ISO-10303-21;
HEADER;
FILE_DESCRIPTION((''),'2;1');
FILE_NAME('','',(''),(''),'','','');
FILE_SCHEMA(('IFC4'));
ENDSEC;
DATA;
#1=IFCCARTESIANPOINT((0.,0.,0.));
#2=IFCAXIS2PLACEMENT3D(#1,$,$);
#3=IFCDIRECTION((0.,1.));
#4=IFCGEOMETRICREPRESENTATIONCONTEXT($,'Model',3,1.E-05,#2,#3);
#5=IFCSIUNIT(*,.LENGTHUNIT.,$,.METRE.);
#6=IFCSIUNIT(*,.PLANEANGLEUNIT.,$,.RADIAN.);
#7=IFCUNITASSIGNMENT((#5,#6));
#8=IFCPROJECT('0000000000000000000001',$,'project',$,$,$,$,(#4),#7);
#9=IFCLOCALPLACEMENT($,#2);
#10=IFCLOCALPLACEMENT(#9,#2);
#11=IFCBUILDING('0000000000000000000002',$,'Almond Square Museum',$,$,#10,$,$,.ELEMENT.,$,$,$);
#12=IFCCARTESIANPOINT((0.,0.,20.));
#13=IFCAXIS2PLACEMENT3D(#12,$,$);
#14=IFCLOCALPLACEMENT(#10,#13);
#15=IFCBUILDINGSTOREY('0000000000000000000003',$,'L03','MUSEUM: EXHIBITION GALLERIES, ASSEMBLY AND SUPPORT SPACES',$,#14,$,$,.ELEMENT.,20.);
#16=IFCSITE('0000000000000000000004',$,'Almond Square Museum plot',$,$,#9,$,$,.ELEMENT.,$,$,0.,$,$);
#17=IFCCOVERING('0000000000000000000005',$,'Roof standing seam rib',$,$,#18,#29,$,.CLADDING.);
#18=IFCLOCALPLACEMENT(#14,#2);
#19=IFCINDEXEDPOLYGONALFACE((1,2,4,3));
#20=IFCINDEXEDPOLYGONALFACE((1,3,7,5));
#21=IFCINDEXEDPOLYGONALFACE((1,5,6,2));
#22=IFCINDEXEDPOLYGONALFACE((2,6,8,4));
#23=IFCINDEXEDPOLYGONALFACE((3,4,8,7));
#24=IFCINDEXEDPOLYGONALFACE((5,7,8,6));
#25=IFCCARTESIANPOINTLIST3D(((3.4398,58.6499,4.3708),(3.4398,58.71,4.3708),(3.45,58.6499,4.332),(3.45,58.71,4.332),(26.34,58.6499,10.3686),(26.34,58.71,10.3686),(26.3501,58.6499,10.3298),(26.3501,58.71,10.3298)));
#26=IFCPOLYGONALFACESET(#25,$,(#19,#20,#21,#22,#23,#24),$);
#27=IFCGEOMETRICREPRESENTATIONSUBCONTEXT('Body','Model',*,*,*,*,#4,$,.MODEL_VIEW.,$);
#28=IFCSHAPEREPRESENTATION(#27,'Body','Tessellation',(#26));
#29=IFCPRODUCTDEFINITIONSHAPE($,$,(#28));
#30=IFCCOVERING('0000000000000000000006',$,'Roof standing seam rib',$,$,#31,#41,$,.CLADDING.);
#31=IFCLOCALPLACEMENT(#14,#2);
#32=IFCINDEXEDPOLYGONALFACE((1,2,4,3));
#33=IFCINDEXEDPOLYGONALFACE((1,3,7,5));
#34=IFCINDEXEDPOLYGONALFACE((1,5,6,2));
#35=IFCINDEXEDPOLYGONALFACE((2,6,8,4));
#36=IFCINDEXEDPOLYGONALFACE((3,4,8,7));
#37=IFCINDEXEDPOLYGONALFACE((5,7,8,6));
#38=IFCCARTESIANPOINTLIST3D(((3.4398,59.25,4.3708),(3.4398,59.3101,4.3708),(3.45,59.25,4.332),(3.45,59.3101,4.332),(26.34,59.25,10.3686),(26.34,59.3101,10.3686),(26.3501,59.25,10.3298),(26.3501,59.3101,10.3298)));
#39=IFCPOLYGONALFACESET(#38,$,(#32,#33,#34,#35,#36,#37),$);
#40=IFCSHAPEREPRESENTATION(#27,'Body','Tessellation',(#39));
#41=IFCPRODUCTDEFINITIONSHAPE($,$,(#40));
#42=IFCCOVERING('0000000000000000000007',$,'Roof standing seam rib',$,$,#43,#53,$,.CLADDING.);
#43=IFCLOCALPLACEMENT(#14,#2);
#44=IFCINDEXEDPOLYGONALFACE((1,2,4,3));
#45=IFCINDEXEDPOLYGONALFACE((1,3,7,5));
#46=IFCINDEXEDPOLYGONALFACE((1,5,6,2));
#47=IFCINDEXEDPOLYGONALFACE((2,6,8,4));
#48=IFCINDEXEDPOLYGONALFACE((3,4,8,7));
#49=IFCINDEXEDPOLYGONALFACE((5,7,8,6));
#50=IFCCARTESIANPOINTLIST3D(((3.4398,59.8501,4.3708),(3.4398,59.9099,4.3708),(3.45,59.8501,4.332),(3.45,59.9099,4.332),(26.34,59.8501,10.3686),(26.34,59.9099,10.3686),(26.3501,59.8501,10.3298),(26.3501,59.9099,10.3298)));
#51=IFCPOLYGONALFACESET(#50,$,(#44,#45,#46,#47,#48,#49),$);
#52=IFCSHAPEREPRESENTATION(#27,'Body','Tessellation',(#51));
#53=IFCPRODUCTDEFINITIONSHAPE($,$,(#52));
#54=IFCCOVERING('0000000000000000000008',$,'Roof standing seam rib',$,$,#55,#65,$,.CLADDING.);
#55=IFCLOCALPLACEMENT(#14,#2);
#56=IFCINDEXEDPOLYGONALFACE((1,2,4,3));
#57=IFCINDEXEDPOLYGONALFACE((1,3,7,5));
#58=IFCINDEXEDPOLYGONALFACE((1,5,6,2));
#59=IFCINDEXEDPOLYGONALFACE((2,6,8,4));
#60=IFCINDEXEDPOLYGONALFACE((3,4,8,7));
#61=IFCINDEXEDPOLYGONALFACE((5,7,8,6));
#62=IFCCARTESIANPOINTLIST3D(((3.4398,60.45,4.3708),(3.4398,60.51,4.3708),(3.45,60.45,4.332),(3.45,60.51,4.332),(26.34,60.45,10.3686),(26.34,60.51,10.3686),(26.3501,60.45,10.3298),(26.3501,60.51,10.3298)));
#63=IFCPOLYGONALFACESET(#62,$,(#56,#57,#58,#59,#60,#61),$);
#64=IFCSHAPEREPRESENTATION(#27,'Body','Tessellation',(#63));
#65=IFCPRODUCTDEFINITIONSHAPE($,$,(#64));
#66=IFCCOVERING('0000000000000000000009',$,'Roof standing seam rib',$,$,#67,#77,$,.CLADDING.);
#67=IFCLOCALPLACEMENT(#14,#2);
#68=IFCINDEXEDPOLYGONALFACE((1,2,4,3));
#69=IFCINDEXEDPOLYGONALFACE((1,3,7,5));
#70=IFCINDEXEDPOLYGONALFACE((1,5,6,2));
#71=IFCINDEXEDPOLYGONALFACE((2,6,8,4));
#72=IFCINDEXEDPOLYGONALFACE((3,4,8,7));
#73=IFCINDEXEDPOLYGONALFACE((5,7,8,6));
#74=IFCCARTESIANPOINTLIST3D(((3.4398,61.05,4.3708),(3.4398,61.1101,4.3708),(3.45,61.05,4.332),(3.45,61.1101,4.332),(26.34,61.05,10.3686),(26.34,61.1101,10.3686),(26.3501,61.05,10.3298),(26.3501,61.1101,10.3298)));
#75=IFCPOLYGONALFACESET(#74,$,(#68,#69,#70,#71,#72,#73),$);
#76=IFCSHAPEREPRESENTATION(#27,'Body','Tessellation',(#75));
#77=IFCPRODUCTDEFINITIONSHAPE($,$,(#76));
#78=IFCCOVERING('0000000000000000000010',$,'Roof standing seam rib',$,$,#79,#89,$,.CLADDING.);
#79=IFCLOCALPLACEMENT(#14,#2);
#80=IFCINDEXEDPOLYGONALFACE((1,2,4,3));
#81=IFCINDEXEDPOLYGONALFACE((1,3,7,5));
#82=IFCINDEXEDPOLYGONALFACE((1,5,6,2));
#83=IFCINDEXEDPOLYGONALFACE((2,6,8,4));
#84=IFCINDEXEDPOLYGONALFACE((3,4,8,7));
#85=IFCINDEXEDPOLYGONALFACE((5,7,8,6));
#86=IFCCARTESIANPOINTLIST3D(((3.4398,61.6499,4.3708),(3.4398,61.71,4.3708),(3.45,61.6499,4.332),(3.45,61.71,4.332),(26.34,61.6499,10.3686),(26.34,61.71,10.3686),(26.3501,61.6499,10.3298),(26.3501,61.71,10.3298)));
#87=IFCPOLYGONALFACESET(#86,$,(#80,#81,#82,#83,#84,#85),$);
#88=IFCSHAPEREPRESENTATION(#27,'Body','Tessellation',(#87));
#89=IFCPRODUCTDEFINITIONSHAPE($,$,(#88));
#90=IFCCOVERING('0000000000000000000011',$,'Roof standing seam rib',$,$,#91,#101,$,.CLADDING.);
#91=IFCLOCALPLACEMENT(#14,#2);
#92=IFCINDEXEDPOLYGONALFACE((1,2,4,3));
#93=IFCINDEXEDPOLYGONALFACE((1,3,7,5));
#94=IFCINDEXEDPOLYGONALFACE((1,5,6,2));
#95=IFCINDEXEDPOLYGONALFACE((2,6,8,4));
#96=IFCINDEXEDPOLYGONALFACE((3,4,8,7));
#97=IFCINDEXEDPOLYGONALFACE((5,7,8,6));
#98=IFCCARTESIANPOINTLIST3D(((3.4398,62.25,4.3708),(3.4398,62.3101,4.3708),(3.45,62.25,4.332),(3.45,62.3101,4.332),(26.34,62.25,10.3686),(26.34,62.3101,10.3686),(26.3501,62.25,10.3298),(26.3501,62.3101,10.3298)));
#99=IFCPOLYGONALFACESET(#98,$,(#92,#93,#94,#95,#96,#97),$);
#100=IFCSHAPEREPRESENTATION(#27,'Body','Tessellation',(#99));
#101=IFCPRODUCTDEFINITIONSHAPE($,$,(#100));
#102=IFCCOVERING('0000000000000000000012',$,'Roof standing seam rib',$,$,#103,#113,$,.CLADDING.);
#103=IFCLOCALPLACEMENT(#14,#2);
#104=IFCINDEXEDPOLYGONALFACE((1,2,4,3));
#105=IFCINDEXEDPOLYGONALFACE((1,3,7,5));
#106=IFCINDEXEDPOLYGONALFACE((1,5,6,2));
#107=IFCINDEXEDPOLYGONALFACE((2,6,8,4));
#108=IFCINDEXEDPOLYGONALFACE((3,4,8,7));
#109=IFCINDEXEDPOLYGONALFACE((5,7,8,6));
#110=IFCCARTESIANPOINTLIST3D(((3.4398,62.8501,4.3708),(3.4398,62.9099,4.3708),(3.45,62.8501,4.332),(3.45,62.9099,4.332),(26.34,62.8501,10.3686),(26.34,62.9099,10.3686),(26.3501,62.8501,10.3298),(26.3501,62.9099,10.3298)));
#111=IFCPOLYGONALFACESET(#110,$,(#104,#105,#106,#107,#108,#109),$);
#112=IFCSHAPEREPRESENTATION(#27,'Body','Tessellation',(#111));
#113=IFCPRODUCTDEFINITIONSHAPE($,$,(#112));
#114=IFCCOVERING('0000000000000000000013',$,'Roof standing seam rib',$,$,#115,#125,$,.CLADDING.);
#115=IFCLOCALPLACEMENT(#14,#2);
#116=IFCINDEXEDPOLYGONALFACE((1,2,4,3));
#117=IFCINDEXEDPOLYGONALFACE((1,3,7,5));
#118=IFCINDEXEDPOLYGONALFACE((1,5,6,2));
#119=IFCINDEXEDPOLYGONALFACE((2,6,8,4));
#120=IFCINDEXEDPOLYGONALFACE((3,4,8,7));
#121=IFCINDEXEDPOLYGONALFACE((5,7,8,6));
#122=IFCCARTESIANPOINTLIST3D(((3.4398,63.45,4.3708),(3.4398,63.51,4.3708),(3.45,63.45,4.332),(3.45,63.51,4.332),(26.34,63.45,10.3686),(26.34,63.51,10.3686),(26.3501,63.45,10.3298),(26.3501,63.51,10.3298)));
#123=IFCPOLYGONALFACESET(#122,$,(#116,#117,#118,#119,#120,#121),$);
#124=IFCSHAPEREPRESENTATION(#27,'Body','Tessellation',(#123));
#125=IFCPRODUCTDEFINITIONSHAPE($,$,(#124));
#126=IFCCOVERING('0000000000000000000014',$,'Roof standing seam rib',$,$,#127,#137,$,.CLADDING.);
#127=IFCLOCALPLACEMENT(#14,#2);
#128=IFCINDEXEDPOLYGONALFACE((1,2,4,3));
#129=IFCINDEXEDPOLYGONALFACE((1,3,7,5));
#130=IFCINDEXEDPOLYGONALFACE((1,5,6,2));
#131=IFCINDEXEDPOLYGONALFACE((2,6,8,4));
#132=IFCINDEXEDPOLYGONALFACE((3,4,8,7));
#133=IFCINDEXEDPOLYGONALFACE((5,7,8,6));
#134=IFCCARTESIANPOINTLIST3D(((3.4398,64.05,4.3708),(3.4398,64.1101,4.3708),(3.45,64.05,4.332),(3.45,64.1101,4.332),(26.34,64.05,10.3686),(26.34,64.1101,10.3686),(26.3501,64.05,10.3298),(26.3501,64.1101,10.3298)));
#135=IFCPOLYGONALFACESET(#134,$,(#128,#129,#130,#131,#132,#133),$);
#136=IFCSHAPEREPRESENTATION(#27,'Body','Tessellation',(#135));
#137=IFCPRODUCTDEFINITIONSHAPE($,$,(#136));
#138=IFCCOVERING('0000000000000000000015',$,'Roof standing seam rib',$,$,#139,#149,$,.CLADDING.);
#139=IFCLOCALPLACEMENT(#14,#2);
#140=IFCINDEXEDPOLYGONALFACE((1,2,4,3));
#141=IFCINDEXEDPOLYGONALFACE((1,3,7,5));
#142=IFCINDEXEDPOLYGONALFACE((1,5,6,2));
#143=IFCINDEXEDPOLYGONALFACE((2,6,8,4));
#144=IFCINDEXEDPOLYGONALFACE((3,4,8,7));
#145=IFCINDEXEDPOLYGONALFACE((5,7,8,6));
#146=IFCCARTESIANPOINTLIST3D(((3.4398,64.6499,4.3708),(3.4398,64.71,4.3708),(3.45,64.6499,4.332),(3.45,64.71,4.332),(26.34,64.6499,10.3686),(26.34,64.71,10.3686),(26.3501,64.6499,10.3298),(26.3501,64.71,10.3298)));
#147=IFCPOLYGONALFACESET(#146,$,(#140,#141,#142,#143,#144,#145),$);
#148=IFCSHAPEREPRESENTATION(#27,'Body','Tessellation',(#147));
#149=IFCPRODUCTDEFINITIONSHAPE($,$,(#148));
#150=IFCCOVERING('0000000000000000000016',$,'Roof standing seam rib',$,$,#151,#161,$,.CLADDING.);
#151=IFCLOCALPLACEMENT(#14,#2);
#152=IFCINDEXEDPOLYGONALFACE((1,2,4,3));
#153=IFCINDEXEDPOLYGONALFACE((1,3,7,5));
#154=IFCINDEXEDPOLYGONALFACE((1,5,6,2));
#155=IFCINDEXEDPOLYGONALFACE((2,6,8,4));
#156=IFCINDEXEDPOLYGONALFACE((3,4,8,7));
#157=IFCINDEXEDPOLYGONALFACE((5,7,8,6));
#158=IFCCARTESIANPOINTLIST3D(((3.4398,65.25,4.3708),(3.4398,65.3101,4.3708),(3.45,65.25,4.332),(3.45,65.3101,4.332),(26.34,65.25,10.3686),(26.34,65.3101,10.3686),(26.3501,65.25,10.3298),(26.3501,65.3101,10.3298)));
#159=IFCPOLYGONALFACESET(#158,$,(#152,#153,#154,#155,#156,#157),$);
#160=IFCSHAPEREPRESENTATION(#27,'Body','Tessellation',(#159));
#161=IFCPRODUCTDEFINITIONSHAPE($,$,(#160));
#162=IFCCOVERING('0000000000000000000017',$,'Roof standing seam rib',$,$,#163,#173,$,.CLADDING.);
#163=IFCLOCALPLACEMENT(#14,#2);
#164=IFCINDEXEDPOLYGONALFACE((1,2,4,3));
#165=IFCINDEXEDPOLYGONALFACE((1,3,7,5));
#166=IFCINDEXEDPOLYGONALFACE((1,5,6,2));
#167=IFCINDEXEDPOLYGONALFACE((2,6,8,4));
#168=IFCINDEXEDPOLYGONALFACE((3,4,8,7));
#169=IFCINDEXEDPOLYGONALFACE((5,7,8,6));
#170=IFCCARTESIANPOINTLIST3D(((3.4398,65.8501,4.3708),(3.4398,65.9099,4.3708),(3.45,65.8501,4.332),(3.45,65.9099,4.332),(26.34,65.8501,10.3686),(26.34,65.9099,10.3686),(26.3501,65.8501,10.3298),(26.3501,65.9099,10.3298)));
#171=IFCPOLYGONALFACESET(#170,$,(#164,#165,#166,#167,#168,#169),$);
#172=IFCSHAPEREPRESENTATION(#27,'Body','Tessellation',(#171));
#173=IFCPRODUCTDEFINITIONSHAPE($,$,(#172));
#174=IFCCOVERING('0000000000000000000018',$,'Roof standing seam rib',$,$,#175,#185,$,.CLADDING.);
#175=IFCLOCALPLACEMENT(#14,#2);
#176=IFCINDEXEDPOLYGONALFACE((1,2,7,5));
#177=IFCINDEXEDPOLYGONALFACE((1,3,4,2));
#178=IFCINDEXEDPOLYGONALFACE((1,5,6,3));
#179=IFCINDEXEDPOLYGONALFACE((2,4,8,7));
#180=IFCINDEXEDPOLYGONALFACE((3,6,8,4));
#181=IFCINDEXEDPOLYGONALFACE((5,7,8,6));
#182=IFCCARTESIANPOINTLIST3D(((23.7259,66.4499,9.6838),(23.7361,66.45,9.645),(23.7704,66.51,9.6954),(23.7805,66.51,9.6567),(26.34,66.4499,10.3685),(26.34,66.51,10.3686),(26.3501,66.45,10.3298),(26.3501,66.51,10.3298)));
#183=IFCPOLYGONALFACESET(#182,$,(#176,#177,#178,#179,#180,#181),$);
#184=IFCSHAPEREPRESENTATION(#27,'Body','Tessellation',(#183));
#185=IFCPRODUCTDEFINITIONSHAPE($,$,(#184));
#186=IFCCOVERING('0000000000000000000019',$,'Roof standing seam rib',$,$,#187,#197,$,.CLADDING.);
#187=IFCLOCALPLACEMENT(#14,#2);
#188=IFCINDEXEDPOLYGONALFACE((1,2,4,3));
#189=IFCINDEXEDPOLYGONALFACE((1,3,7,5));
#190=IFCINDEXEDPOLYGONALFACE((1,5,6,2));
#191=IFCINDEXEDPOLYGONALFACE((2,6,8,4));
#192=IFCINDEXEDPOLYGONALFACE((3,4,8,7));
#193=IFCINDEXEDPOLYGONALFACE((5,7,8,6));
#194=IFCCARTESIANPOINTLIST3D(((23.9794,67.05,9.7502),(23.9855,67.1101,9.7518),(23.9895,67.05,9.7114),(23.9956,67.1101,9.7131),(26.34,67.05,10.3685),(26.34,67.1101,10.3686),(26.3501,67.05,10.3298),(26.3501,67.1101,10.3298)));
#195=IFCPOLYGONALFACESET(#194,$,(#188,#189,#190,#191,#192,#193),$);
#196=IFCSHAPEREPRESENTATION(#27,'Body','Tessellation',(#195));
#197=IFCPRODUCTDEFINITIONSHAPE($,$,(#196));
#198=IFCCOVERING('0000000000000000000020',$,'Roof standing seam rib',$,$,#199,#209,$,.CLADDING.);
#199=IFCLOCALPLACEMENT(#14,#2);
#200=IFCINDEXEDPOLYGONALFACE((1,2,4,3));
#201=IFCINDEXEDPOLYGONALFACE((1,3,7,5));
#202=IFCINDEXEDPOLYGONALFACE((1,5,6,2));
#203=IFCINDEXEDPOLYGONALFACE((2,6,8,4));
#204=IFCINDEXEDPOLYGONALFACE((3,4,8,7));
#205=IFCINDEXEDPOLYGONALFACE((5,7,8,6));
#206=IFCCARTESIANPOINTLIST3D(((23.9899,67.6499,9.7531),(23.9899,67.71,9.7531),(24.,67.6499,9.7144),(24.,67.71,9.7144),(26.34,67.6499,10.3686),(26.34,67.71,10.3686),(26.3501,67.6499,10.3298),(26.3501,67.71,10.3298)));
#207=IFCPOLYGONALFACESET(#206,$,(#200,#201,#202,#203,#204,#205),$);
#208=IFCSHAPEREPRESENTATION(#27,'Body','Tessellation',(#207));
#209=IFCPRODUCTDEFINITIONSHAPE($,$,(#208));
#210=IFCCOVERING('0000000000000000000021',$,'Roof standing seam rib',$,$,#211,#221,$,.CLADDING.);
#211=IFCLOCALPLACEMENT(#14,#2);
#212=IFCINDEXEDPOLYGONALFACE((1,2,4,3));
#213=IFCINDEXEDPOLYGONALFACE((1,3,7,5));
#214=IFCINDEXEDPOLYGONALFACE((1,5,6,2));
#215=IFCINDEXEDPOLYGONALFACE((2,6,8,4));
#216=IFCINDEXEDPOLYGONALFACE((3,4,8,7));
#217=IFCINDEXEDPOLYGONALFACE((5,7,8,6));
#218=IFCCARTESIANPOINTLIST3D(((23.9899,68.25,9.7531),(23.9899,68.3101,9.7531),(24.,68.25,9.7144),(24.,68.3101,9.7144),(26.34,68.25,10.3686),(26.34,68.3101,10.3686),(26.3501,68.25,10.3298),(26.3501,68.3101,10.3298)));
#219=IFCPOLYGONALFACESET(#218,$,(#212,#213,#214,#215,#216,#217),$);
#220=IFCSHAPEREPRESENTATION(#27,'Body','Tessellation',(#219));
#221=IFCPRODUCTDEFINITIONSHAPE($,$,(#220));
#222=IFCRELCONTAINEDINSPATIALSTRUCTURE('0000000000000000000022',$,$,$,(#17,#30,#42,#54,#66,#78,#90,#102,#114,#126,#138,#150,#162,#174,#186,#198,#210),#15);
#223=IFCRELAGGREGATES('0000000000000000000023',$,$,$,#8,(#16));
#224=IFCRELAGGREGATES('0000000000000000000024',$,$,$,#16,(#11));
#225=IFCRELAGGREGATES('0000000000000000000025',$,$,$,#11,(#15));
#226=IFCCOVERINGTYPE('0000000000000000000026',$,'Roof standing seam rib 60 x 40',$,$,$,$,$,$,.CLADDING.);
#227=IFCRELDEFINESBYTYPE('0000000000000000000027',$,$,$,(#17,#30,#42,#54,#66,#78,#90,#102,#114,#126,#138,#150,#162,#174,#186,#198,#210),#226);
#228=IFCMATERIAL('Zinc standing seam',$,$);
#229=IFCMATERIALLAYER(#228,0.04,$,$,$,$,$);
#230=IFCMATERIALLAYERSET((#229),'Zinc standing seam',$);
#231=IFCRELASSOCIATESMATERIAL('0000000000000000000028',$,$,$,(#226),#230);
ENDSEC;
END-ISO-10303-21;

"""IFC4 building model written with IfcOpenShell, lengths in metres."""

from ifc_helpers import new_model, si_unit, direction, frame, origin, place, context, subcontext, project, spatial, polyline, outline, extrude, material, layer, layer_set, type_object, element, save


model = new_model("IFC4")

# Units and contexts
model_context = context("Model", 3, precision=1e-05, world=origin(), true_north=direction((0.0, 1.0)))
body_context = subcontext(model_context, "Body", "Model", "MODEL_VIEW")
ifc_project = project(units=[si_unit("LENGTHUNIT", "METRE"), si_unit("PLANEANGLEUNIT", "RADIAN")], contexts=[model_context])

# Site, building, storey
site_placement = place(None, origin())
site = spatial("IfcSite", under=ifc_project, at=site_placement, Name="Almond Square Museum plot", CompositionType="ELEMENT", RefElevation=0.0)
building_placement = place(site_placement, origin())
building = spatial("IfcBuilding", under=site, at=building_placement, Name="Almond Square Museum", CompositionType="ELEMENT")
storey_placement = place(building_placement, frame((0.0, 0.0, 20.0)))
storey = spatial("IfcBuildingStorey", under=building, at=storey_placement, Name="L03", Description="MUSEUM: EXHIBITION GALLERIES, ASSEMBLY AND SUPPORT SPACES", CompositionType="ELEMENT", Elevation=20.0)

# Coverings
ifc_material_1 = material(Name="Zinc standing seam")
ifc_layer = layer(ifc_material_1, 0.04)
ifc_layer_set = layer_set([ifc_layer], Name="Zinc standing seam")
covering_type = type_object("IfcCoveringType", Name="Roof standing seam rib 60 x 40", PredefinedType="CLADDING", material=ifc_layer_set)
for number, where, z_axis, x_axis, name in (
    (1, (26.3501, 58.71, 10.3298), (-0.253365, 0.0, 0.967371), (-0.967371, 0.0, -0.253365), "Roof standing seam rib"),
    (2, (26.3501, 59.3101, 10.3298), (-0.253365, 0.0, 0.967371), (-0.967371, 0.0, -0.253365), "Roof standing seam rib"),
):
    element("IfcCovering", number, at=place(storey_placement, frame(where, z_axis=z_axis, x_axis=x_axis)), inside=storey, type_object=covering_type, Name=name, PredefinedType="CLADDING", context=body_context, shape_type="SweptSolid", body=[
        extrude(outline(polyline([(0.0, 0.0), (23.6726, 0.0), (23.6726, 0.0601), (0.0, 0.0601), (0.0, 0.0)])), origin(), (0.0, 0.0, 1.0), 0.04),
    ])
covering_1_placement = place(storey_placement, frame((26.3501, 59.9099, 10.3298), z_axis=(-0.253365, 0.0, 0.967371), x_axis=(-0.967371, 0.0, -0.253365)))
element("IfcCovering", 3, at=covering_1_placement, inside=storey, type_object=covering_type, Name="Roof standing seam rib", PredefinedType="CLADDING", context=body_context, shape_type="SweptSolid", body=[
    extrude(outline(polyline([(0.0, 0.0), (23.6726, 0.0), (23.6726, 0.0598), (0.0, 0.0598), (0.0, 0.0)])), origin(), (0.0, 0.0, 1.0), 0.04),
])
for number, where, z_axis, x_axis, name in (
    (4, (26.3501, 60.51, 10.3298), (-0.253365, 0.0, 0.967371), (-0.967371, 0.0, -0.253365), "Roof standing seam rib"),
    (5, (26.3501, 61.1101, 10.3298), (-0.253365, 0.0, 0.967371), (-0.967371, 0.0, -0.253365), "Roof standing seam rib"),
    (6, (26.3501, 61.71, 10.3298), (-0.253365, 0.0, 0.967371), (-0.967371, 0.0, -0.253365), "Roof standing seam rib"),
    (7, (26.3501, 62.3101, 10.3298), (-0.253365, 0.0, 0.967371), (-0.967371, 0.0, -0.253365), "Roof standing seam rib"),
):
    element("IfcCovering", number, at=place(storey_placement, frame(where, z_axis=z_axis, x_axis=x_axis)), inside=storey, type_object=covering_type, Name=name, PredefinedType="CLADDING", context=body_context, shape_type="SweptSolid", body=[
        extrude(outline(polyline([(0.0, 0.0), (23.6726, 0.0), (23.6726, 0.0601), (0.0, 0.0601), (0.0, 0.0)])), origin(), (0.0, 0.0, 1.0), 0.04),
    ])
covering_2_placement = place(storey_placement, frame((26.3501, 62.9099, 10.3298), z_axis=(-0.253365, 0.0, 0.967371), x_axis=(-0.967371, 0.0, -0.253365)))
element("IfcCovering", 8, at=covering_2_placement, inside=storey, type_object=covering_type, Name="Roof standing seam rib", PredefinedType="CLADDING", context=body_context, shape_type="SweptSolid", body=[
    extrude(outline(polyline([(0.0, 0.0), (23.6726, 0.0), (23.6726, 0.0598), (0.0, 0.0598), (0.0, 0.0)])), origin(), (0.0, 0.0, 1.0), 0.04),
])
for number, where, z_axis, x_axis, name in (
    (9, (26.3501, 63.51, 10.3298), (-0.253365, 0.0, 0.967371), (-0.967371, 0.0, -0.253365), "Roof standing seam rib"),
    (10, (26.3501, 64.1101, 10.3298), (-0.253365, 0.0, 0.967371), (-0.967371, 0.0, -0.253365), "Roof standing seam rib"),
    (11, (26.3501, 64.71, 10.3298), (-0.253365, 0.0, 0.967371), (-0.967371, 0.0, -0.253365), "Roof standing seam rib"),
    (12, (26.3501, 65.3101, 10.3298), (-0.253365, 0.0, 0.967371), (-0.967371, 0.0, -0.253365), "Roof standing seam rib"),
):
    element("IfcCovering", number, at=place(storey_placement, frame(where, z_axis=z_axis, x_axis=x_axis)), inside=storey, type_object=covering_type, Name=name, PredefinedType="CLADDING", context=body_context, shape_type="SweptSolid", body=[
        extrude(outline(polyline([(0.0, 0.0), (23.6726, 0.0), (23.6726, 0.0601), (0.0, 0.0601), (0.0, 0.0)])), origin(), (0.0, 0.0, 1.0), 0.04),
    ])
covering_3_placement = place(storey_placement, frame((26.3501, 65.9099, 10.3298), z_axis=(-0.253365, 0.0, 0.967371), x_axis=(-0.967371, 0.0, -0.253365)))
element("IfcCovering", 13, at=covering_3_placement, inside=storey, type_object=covering_type, Name="Roof standing seam rib", PredefinedType="CLADDING", context=body_context, shape_type="SweptSolid", body=[
    extrude(outline(polyline([(0.0, 0.0), (23.6726, 0.0), (23.6726, 0.0598), (0.0, 0.0598), (0.0, 0.0)])), origin(), (0.0, 0.0, 1.0), 0.04),
])
covering_4_placement = place(storey_placement, frame((26.3501, 66.51, 10.3298), z_axis=(-0.253412, -0.000635, 0.967358), x_axis=(-0.967358, 0.0, -0.253412)))
element("IfcCovering", 14, at=covering_4_placement, inside=storey, type_object=covering_type, Name="Roof standing seam rib", PredefinedType="CLADDING", context=body_context, shape_type="SweptSolid", body=[
    extrude(outline(polyline([(0.0, 0.0), (2.6563, 0.0), (2.7022, 0.0601), (0.0, 0.0601), (0.0, 0.0)])), origin(), (0.0, 0.0, 1.0), 0.04),
])
covering_5_placement = place(storey_placement, frame((23.9895, 67.05, 9.7114), z_axis=(-0.253398, -0.000887, 0.967362), x_axis=(0.967362, 0.0, 0.253398)))
element("IfcCovering", 15, at=covering_5_placement, inside=storey, type_object=covering_type, Name="Roof standing seam rib", PredefinedType="CLADDING", context=body_context, shape_type="SweptSolid", body=[
    extrude(outline(polyline([(0.0, 0.0), (2.4403, 0.0), (2.4403, 0.0601), (0.0063, 0.0601), (0.0, 0.0)])), origin(), (0.0, 0.0, 1.0), 0.04),
])
for number, where, z_axis, x_axis, name in (
    (16, (26.3501, 67.71, 10.3298), (-0.25335, 0.0, 0.967375), (-0.967375, 0.0, -0.25335), "Roof standing seam rib"),
    (17, (26.3501, 68.3101, 10.3298), (-0.25335, 0.0, 0.967375), (-0.967375, 0.0, -0.25335), "Roof standing seam rib"),
):
    element("IfcCovering", number, at=place(storey_placement, frame(where, z_axis=z_axis, x_axis=x_axis)), inside=storey, type_object=covering_type, Name=name, PredefinedType="CLADDING", context=body_context, shape_type="SweptSolid", body=[
        extrude(outline(polyline([(0.0, 0.0), (2.4294, 0.0), (2.4294, 0.0601), (0.0, 0.0601), (0.0, 0.0)])), origin(), (0.0, 0.0, 1.0), 0.04),
    ])

save(model, "model.ifc")
